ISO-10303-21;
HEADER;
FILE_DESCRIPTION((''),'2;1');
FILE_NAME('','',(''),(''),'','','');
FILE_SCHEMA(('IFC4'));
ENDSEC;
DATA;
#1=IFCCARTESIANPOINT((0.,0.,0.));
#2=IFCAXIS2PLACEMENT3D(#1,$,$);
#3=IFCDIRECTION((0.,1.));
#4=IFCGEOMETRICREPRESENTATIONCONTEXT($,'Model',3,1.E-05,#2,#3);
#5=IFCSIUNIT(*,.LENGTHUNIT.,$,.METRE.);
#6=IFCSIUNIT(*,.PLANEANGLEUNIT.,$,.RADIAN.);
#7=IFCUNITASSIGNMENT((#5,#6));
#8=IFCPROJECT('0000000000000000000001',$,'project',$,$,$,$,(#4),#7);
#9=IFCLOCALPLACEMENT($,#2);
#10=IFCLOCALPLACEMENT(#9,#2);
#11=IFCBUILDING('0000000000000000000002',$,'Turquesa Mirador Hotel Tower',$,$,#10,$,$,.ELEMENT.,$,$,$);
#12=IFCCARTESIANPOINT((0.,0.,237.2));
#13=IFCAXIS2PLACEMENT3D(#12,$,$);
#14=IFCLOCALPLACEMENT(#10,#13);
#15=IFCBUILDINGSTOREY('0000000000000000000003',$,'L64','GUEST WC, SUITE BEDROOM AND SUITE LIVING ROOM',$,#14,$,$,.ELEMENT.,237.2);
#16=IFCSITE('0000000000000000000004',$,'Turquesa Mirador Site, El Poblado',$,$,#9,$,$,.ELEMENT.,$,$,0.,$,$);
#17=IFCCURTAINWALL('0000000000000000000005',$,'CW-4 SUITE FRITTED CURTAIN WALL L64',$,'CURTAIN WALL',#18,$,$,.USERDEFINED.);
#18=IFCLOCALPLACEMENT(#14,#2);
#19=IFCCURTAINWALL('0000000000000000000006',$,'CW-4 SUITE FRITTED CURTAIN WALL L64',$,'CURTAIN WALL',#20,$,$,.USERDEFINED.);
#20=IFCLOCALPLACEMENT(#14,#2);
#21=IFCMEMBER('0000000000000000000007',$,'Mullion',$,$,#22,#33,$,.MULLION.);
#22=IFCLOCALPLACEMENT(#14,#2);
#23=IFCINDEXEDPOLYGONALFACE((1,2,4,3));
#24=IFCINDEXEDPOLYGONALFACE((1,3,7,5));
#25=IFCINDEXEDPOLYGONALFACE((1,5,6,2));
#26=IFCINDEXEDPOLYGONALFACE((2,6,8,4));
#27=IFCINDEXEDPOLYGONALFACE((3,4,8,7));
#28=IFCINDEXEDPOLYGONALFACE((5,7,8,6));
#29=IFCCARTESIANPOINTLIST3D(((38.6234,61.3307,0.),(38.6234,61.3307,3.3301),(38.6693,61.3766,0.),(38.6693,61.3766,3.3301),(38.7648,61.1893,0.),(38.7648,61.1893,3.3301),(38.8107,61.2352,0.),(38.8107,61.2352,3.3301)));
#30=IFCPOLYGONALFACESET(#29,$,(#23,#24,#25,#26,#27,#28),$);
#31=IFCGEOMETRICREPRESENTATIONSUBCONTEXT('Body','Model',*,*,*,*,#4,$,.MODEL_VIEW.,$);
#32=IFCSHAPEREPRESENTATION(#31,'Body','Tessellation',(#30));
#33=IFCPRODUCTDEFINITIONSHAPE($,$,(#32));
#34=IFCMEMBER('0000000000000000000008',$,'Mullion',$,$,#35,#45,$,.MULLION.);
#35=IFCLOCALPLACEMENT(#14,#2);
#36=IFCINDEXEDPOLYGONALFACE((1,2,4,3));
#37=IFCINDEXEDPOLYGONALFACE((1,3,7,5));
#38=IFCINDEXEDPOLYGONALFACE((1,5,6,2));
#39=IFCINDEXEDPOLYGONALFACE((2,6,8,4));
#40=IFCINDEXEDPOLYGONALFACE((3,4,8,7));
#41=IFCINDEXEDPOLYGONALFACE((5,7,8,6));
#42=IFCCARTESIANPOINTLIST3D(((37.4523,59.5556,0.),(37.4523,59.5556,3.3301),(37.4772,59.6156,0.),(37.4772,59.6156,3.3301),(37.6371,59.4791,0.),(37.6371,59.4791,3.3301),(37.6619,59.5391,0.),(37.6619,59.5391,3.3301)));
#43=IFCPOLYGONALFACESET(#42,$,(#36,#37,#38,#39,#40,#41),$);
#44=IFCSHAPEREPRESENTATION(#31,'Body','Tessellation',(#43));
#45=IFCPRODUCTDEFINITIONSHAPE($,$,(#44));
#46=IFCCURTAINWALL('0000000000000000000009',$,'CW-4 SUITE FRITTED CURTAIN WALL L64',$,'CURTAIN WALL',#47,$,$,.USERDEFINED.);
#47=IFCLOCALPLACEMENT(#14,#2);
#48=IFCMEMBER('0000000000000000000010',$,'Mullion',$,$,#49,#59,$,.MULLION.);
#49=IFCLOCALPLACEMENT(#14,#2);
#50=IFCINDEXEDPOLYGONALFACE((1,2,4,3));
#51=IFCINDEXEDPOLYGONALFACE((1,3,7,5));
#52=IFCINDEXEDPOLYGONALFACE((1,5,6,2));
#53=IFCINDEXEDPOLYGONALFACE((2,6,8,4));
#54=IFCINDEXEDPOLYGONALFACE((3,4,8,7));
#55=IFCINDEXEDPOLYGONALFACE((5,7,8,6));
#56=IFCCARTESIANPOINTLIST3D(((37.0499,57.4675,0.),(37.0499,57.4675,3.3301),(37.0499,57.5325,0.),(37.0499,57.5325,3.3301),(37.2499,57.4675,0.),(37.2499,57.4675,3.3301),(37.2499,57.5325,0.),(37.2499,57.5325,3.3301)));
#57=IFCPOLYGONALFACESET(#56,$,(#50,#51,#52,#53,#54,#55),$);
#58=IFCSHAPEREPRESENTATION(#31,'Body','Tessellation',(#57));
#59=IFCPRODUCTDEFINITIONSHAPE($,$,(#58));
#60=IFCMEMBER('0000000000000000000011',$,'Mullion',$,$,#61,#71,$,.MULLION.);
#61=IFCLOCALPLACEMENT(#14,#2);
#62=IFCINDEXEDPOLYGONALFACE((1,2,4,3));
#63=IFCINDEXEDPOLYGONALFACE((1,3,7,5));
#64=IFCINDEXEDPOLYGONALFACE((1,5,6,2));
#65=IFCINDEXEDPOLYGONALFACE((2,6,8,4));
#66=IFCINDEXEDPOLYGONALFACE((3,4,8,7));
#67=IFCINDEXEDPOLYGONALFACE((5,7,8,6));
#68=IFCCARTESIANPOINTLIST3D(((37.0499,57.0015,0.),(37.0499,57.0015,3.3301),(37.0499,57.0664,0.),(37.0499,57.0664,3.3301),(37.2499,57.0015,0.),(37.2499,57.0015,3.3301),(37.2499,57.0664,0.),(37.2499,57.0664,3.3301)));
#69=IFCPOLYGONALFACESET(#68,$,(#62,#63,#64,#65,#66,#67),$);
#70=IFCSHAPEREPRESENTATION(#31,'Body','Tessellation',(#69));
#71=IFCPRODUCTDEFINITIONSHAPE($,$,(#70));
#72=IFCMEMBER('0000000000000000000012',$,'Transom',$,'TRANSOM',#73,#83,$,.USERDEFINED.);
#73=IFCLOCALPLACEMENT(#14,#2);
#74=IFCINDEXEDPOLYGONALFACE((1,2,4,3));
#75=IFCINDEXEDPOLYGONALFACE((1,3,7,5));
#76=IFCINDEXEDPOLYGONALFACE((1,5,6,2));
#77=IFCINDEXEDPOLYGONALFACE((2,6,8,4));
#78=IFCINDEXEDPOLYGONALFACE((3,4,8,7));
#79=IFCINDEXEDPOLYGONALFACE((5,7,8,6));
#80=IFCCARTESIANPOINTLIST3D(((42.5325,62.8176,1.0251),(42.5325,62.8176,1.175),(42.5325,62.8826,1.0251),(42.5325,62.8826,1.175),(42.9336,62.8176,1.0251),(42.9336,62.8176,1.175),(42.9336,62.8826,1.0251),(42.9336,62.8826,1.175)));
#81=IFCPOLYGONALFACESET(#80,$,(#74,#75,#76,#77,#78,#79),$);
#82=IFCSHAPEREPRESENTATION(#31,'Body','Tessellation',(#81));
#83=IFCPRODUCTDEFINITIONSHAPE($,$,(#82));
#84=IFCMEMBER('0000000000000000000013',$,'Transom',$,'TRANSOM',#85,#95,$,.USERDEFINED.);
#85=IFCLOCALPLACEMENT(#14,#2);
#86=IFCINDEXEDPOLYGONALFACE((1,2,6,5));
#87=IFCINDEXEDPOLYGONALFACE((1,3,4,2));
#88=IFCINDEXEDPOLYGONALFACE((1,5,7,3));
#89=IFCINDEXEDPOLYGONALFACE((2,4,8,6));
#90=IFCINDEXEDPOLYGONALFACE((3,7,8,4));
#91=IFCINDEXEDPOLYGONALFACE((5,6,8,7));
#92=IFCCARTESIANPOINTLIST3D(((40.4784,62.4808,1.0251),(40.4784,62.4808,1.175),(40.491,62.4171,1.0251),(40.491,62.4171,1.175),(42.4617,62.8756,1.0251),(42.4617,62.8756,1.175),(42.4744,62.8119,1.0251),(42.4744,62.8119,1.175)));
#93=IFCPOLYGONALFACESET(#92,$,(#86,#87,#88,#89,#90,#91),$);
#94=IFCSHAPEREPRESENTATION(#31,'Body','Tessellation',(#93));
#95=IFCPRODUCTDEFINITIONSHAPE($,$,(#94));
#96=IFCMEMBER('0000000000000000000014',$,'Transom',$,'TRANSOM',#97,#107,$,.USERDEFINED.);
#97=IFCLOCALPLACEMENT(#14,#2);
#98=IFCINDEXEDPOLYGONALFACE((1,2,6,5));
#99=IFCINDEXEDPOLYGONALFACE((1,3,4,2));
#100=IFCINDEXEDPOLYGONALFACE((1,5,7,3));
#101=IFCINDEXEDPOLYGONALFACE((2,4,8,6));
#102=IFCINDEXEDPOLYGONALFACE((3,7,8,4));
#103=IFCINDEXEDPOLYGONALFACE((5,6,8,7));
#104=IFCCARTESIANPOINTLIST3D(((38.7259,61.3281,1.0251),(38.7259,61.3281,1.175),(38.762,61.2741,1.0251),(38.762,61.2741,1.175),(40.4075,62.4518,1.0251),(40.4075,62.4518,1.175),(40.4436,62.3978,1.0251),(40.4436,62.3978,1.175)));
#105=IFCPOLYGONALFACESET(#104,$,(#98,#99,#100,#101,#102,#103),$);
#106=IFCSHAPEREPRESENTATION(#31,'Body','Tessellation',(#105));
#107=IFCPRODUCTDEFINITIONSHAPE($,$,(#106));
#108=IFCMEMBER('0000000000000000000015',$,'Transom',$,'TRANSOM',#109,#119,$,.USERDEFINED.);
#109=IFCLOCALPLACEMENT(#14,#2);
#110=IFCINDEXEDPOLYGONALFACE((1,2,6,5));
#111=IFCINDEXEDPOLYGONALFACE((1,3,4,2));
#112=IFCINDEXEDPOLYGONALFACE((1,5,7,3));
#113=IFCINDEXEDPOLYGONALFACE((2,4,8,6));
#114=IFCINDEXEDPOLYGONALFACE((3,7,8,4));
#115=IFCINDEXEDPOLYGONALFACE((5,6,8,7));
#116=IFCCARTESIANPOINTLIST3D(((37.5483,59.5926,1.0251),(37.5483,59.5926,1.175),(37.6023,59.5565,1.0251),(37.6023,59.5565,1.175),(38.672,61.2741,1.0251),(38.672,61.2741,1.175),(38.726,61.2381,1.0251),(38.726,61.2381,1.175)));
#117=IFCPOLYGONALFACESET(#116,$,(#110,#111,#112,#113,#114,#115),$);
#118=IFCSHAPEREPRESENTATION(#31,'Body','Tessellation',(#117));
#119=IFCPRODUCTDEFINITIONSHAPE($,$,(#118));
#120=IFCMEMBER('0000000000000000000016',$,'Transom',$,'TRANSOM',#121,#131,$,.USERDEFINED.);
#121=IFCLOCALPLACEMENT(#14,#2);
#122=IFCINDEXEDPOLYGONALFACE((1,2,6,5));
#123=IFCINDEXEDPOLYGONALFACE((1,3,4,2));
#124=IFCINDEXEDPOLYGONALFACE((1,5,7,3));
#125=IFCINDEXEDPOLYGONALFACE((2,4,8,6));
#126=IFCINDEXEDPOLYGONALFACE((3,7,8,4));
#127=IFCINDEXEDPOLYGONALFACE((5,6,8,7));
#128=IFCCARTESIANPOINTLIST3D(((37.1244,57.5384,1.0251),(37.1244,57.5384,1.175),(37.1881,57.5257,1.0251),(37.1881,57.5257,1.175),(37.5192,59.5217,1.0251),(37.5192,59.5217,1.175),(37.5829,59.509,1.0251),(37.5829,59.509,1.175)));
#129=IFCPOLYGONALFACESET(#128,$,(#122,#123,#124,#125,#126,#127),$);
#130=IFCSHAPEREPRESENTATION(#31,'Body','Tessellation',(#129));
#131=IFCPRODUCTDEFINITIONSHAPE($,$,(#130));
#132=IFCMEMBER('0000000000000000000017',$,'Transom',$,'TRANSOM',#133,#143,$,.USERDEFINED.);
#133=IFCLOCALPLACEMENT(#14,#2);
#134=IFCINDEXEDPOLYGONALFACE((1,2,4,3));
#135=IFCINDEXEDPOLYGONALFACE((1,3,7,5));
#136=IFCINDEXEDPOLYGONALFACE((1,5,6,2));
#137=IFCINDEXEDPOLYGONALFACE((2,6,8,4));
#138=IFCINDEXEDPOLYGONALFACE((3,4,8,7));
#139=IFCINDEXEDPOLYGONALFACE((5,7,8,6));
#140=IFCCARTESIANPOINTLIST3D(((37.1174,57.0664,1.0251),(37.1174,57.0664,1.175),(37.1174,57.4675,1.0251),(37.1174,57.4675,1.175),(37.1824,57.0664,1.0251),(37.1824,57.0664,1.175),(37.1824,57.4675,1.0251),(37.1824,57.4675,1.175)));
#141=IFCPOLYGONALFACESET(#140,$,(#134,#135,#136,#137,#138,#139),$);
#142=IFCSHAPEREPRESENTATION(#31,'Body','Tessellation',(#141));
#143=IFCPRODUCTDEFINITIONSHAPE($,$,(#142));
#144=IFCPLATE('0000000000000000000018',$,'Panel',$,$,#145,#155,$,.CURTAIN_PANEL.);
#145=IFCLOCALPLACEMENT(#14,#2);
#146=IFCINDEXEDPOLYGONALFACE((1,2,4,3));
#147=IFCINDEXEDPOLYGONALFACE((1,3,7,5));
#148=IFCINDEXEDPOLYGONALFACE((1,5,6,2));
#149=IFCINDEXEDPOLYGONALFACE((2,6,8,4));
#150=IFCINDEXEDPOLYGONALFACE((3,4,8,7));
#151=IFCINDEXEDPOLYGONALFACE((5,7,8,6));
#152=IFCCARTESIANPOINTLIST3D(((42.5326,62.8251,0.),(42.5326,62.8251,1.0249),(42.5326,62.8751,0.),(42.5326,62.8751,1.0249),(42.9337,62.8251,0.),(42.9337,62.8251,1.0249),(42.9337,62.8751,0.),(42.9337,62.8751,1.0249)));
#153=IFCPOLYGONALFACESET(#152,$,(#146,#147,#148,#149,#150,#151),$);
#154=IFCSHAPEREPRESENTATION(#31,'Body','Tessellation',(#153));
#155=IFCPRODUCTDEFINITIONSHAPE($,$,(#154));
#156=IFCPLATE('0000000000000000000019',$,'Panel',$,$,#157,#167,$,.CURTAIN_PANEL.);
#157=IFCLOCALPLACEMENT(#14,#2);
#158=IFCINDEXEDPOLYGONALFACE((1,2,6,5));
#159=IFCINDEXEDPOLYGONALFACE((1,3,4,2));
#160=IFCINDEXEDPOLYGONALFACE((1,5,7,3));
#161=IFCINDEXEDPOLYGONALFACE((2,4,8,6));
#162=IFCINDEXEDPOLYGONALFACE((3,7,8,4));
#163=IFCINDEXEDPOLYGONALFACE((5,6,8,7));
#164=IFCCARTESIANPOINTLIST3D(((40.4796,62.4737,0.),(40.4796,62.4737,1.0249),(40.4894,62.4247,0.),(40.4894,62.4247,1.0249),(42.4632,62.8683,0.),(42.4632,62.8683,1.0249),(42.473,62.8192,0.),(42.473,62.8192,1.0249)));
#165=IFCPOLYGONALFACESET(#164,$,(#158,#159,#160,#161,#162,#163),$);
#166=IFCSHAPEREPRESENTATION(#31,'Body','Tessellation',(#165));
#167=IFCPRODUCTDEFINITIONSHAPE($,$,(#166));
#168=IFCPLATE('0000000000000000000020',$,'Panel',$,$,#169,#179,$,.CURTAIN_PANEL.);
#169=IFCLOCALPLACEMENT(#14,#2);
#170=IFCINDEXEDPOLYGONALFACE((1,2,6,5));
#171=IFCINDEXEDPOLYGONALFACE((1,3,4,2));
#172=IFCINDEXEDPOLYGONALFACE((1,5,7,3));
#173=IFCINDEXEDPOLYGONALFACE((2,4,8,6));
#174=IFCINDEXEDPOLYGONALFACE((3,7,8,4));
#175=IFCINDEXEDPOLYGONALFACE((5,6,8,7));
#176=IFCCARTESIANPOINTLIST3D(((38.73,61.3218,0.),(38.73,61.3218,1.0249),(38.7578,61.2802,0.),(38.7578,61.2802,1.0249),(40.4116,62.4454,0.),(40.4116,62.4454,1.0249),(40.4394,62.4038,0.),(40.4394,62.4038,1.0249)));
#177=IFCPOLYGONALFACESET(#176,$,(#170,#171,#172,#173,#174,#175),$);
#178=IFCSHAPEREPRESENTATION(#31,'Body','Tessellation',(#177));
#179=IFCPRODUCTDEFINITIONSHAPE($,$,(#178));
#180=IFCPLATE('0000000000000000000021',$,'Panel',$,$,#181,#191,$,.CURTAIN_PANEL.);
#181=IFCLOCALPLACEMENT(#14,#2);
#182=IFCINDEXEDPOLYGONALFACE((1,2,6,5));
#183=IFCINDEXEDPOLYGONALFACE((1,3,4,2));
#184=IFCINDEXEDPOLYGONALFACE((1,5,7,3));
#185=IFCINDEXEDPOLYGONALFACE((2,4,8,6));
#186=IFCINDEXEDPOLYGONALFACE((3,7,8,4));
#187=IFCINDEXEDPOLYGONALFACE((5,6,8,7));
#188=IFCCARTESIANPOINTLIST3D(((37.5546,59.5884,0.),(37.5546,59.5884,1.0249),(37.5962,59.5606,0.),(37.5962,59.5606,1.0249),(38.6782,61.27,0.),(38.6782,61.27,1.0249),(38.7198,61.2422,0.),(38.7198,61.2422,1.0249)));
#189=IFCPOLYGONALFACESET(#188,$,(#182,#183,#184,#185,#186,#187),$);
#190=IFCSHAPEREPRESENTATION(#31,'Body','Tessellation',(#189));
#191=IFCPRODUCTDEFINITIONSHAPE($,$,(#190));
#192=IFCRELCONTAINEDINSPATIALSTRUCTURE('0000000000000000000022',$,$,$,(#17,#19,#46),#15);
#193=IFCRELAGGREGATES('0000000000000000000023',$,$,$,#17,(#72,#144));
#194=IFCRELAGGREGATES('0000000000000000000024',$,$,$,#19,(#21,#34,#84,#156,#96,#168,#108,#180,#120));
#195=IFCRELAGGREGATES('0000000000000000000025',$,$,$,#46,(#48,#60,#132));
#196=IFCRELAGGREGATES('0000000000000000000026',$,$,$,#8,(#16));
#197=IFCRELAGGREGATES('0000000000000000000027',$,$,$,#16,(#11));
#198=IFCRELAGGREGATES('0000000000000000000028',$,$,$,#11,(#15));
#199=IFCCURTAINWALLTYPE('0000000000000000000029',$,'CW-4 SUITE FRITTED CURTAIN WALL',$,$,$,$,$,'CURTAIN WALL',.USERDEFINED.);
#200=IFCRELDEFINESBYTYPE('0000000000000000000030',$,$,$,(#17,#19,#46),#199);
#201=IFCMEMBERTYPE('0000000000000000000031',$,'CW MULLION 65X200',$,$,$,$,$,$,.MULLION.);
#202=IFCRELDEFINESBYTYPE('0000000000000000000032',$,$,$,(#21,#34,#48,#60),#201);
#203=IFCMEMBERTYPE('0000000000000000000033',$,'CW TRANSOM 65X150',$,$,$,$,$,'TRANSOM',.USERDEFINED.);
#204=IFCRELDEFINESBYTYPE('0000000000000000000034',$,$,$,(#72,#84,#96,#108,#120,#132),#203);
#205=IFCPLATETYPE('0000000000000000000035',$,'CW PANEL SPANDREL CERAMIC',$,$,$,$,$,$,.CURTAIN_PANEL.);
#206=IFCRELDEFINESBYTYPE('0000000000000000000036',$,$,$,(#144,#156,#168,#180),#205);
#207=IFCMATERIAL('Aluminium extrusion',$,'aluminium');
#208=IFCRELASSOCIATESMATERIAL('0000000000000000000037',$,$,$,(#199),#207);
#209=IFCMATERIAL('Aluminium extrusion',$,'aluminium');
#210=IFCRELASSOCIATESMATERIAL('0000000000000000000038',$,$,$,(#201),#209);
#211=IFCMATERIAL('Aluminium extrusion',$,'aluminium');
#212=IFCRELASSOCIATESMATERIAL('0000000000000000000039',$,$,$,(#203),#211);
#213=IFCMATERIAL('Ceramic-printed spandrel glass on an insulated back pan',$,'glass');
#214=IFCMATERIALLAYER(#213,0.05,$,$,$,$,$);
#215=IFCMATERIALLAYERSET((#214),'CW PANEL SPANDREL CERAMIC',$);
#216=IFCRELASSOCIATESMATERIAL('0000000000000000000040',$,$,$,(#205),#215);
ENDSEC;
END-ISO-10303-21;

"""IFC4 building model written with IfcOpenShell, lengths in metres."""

from ifc_helpers import new_model, si_unit, direction, frame, origin, origin_2d, place, context, subcontext, project, spatial, rectangle, extrude, material, layer, layer_set, material_profile, profile_set, type_object, element, aggregate, save


model = new_model("IFC4")

# Units and contexts
model_context = context("Model", 3, precision=1e-05, world=origin(), true_north=direction((0.0, 1.0)))
body_context = subcontext(model_context, "Body", "Model", "MODEL_VIEW")
ifc_project = project(units=[si_unit("LENGTHUNIT", "METRE"), si_unit("PLANEANGLEUNIT", "RADIAN")], contexts=[model_context])

# Site, building, storey
site_placement = place(None, origin())
site = spatial("IfcSite", under=ifc_project, at=site_placement, Name="Turquesa Mirador Site, El Poblado", CompositionType="ELEMENT", RefElevation=0.0)
building_placement = place(site_placement, origin())
building = spatial("IfcBuilding", under=site, at=building_placement, Name="Turquesa Mirador Hotel Tower", CompositionType="ELEMENT")
storey_placement = place(building_placement, frame((0.0, 0.0, 237.2)))
storey = spatial("IfcBuildingStorey", under=building, at=storey_placement, Name="L64", Description="GUEST WC, SUITE BEDROOM AND SUITE LIVING ROOM", CompositionType="ELEMENT", Elevation=237.2)

# Curtain walls, members
ifc_material_1 = material(Name="Aluminium extrusion", Category="aluminium")
curtain_wall_type = type_object("IfcCurtainWallType", Name="CW-4 SUITE FRITTED CURTAIN WALL", ElementType="CURTAIN WALL", PredefinedType="USERDEFINED", material=ifc_material_1)
curtain_wall_1_placement = place(storey_placement, origin())
curtain_wall_1 = element("IfcCurtainWall", 1, at=curtain_wall_1_placement, inside=storey, type_object=curtain_wall_type, Name="CW-4 SUITE FRITTED CURTAIN WALL L64", ObjectType="CURTAIN WALL", PredefinedType="USERDEFINED")
ifc_material_2 = material(Name="Aluminium extrusion", Category="aluminium")
ifc_material_profile_1 = material_profile(ifc_material_2, rectangle(XDim=0.0649, YDim=0.2, at=origin_2d()), Name="MULLION 65X200")
ifc_profile_set_1 = profile_set([ifc_material_profile_1], Name="Aluminium extrusion")
member_type_1 = type_object("IfcMemberType", Name="CW MULLION 65X200", PredefinedType="MULLION", material=ifc_profile_set_1)
curtain_wall_2_placement = place(storey_placement, origin())
curtain_wall_2 = element("IfcCurtainWall", 2, at=curtain_wall_2_placement, inside=storey, type_object=curtain_wall_type, Name="CW-4 SUITE FRITTED CURTAIN WALL L64", ObjectType="CURTAIN WALL", PredefinedType="USERDEFINED")
member_1_placement = place(storey_placement, frame((38.717, 61.283, 0.0), z_axis=(0.0, 0.0, 1.0), x_axis=(-0.707107, -0.707107, 0.0)))
member_1 = element("IfcMember", 3, at=member_1_placement, type_object=member_type_1, Name="Mullion", PredefinedType="MULLION", context=body_context, shape_type="SweptSolid", body=[
    extrude(rectangle(XDim=0.0649, YDim=0.2, at=origin_2d()), origin(), (0.0, 0.0, 1.0), 3.3301),
])
member_2_placement = place(storey_placement, frame((37.5571, 59.5474, 0.0), z_axis=(0.0, 0.0, 1.0), x_axis=(-0.382683, -0.92388, 0.0)))
member_2 = element("IfcMember", 4, at=member_2_placement, type_object=member_type_1, Name="Mullion", PredefinedType="MULLION", context=body_context, shape_type="SweptSolid", body=[
    extrude(rectangle(XDim=0.0649, YDim=0.2, at=origin_2d()), origin(), (0.0, 0.0, 1.0), 3.3301),
])
curtain_wall_3_placement = place(storey_placement, origin())
curtain_wall_3 = element("IfcCurtainWall", 5, at=curtain_wall_3_placement, inside=storey, type_object=curtain_wall_type, Name="CW-4 SUITE FRITTED CURTAIN WALL L64", ObjectType="CURTAIN WALL", PredefinedType="USERDEFINED")
member_3_placement = place(storey_placement, frame((37.1499, 57.5, 0.0), z_axis=(0.0, 0.0, 1.0), x_axis=(0.0, -1.0, 0.0)))
member_3 = element("IfcMember", 6, at=member_3_placement, type_object=member_type_1, Name="Mullion", PredefinedType="MULLION", context=body_context, shape_type="SweptSolid", body=[
    extrude(rectangle(XDim=0.0649, YDim=0.2, at=origin_2d()), origin(), (0.0, 0.0, 1.0), 3.3301),
])
member_4_placement = place(storey_placement, frame((37.1499, 57.0339, 0.0), z_axis=(0.0, 0.0, 1.0), x_axis=(0.0, -1.0, 0.0)))
member_4 = element("IfcMember", 7, at=member_4_placement, type_object=member_type_1, Name="Mullion", PredefinedType="MULLION", context=body_context, shape_type="SweptSolid", body=[
    extrude(rectangle(XDim=0.0649, YDim=0.2, at=origin_2d()), origin(), (0.0, 0.0, 1.0), 3.3301),
])

# Members
ifc_material_3 = material(Name="Aluminium extrusion", Category="aluminium")
ifc_material_profile_2 = material_profile(ifc_material_3, rectangle(XDim=0.0649, YDim=0.1499, at=origin_2d()), Name="TRANSOM 65X150")
ifc_profile_set_2 = profile_set([ifc_material_profile_2], Name="Aluminium extrusion")
member_type_2 = type_object("IfcMemberType", Name="CW TRANSOM 65X150", ElementType="TRANSOM", PredefinedType="USERDEFINED", material=ifc_profile_set_2)
member_5_placement = place(storey_placement, frame((42.9336, 62.8501, 1.1001), z_axis=(-1.0, 0.0, 0.0), x_axis=(0.0, -1.0, 0.0)))
member_5 = element("IfcMember", 8, at=member_5_placement, type_object=member_type_2, Name="Transom", ObjectType="TRANSOM", PredefinedType="USERDEFINED", context=body_context, shape_type="SweptSolid", body=[
    extrude(rectangle(XDim=0.0649, YDim=0.1499, at=origin_2d()), origin(), (0.0, 0.0, 1.0), 0.4011),
])
member_6_placement = place(storey_placement, frame((42.468, 62.8438, 1.1001), z_axis=(-0.980761, -0.195211, 0.0), x_axis=(0.195211, -0.980761, 0.0)))
member_6 = element("IfcMember", 9, at=member_6_placement, type_object=member_type_2, Name="Transom", ObjectType="TRANSOM", PredefinedType="USERDEFINED", context=body_context, shape_type="SweptSolid", body=[
    extrude(rectangle(XDim=0.0649, YDim=0.1499, at=origin_2d()), origin(), (0.0, 0.0, 1.0), 2.0222),
])
member_7_placement = place(storey_placement, frame((40.4255, 62.4248, 1.1001), z_axis=(-0.831437, -0.555619, 0.0), x_axis=(0.555619, -0.831437, 0.0)))
member_7 = element("IfcMember", 10, at=member_7_placement, type_object=member_type_2, Name="Transom", ObjectType="TRANSOM", PredefinedType="USERDEFINED", context=body_context, shape_type="SweptSolid", body=[
    extrude(rectangle(XDim=0.0649, YDim=0.1499, at=origin_2d()), origin(), (0.0, 0.0, 1.0), 2.0225),
])
member_8_placement = place(storey_placement, frame((38.699, 61.2561, 1.1001), z_axis=(-0.555619, -0.831437, 0.0), x_axis=(0.831437, -0.555619, 0.0)))
member_8 = element("IfcMember", 11, at=member_8_placement, type_object=member_type_2, Name="Transom", ObjectType="TRANSOM", PredefinedType="USERDEFINED", context=body_context, shape_type="SweptSolid", body=[
    extrude(rectangle(XDim=0.0649, YDim=0.1499, at=origin_2d()), origin(), (0.0, 0.0, 1.0), 2.0225),
])
member_9_placement = place(storey_placement, frame((37.551, 59.5154, 1.1001), z_axis=(-0.195211, -0.980761, 0.0), x_axis=(0.980761, -0.195211, 0.0)))
member_9 = element("IfcMember", 12, at=member_9_placement, type_object=member_type_2, Name="Transom", ObjectType="TRANSOM", PredefinedType="USERDEFINED", context=body_context, shape_type="SweptSolid", body=[
    extrude(rectangle(XDim=0.0649, YDim=0.1499, at=origin_2d()), origin(), (0.0, 0.0, 1.0), 2.0222),
])
member_10_placement = place(storey_placement, frame((37.1499, 57.4675, 1.1001), z_axis=(0.0, -1.0, 0.0), x_axis=(1.0, 0.0, 0.0)))
member_10 = element("IfcMember", 13, at=member_10_placement, type_object=member_type_2, Name="Transom", ObjectType="TRANSOM", PredefinedType="USERDEFINED", context=body_context, shape_type="SweptSolid", body=[
    extrude(rectangle(XDim=0.0649, YDim=0.1499, at=origin_2d()), origin(), (0.0, 0.0, 1.0), 0.4011),
])

# Plates
ifc_material_4 = material(Name="Ceramic-printed spandrel glass on an insulated back pan", Category="glass")
ifc_layer_1 = layer(ifc_material_4, 0.05)
ifc_layer_set_1 = layer_set([ifc_layer_1], Name="CW PANEL SPANDREL CERAMIC")
plate_type_1 = type_object("IfcPlateType", Name="CW PANEL SPANDREL CERAMIC", PredefinedType="CURTAIN_PANEL", material=ifc_layer_set_1)
plate_1_placement = place(storey_placement, frame((42.7332, 62.8501, 0.0), z_axis=(0.0, 0.0, 1.0), x_axis=(-1.0, 0.0, 0.0)))
plate_1 = element("IfcPlate", 14, at=plate_1_placement, type_object=plate_type_1, Name="Panel", PredefinedType="CURTAIN_PANEL", context=body_context, shape_type="SweptSolid", body=[
    extrude(rectangle(XDim=0.4011, YDim=0.05, at=origin_2d()), origin(), (0.0, 0.0, 1.0), 1.0249),
])
plate_2_placement = place(storey_placement, frame((41.4763, 62.6465, 0.0), z_axis=(0.0, 0.0, 1.0), x_axis=(-0.980785, -0.195091, 0.0)))
plate_2 = element("IfcPlate", 15, at=plate_2_placement, type_object=plate_type_1, Name="Panel", PredefinedType="CURTAIN_PANEL", context=body_context, shape_type="SweptSolid", body=[
    extrude(rectangle(XDim=2.0225, YDim=0.05, at=origin_2d()), origin(), (0.0, 0.0, 1.0), 1.0249),
])
plate_3_placement = place(storey_placement, frame((39.5847, 61.8628, 0.0), z_axis=(0.0, 0.0, 1.0), x_axis=(-0.83147, -0.55557, 0.0)))
plate_3 = element("IfcPlate", 16, at=plate_3_placement, type_object=plate_type_1, Name="Panel", PredefinedType="CURTAIN_PANEL", context=body_context, shape_type="SweptSolid", body=[
    extrude(rectangle(XDim=2.0225, YDim=0.05, at=origin_2d()), origin(), (0.0, 0.0, 1.0), 1.0249),
])
plate_4_placement = place(storey_placement, frame((38.1372, 60.4153, 0.0), z_axis=(0.0, 0.0, 1.0), x_axis=(-0.55557, -0.83147, 0.0)))
plate_4 = element("IfcPlate", 17, at=plate_4_placement, type_object=plate_type_1, Name="Panel", PredefinedType="CURTAIN_PANEL", context=body_context, shape_type="SweptSolid", body=[
    extrude(rectangle(XDim=2.0225, YDim=0.05, at=origin_2d()), origin(), (0.0, 0.0, 1.0), 1.0249),
])
aggregate(curtain_wall_1, [member_5, plate_1])
aggregate(curtain_wall_2, [member_1, member_2, member_6, plate_2, member_7, plate_3, member_8, plate_4, member_9])
aggregate(curtain_wall_3, [member_3, member_4, member_10])

save(model, "model.ifc")
